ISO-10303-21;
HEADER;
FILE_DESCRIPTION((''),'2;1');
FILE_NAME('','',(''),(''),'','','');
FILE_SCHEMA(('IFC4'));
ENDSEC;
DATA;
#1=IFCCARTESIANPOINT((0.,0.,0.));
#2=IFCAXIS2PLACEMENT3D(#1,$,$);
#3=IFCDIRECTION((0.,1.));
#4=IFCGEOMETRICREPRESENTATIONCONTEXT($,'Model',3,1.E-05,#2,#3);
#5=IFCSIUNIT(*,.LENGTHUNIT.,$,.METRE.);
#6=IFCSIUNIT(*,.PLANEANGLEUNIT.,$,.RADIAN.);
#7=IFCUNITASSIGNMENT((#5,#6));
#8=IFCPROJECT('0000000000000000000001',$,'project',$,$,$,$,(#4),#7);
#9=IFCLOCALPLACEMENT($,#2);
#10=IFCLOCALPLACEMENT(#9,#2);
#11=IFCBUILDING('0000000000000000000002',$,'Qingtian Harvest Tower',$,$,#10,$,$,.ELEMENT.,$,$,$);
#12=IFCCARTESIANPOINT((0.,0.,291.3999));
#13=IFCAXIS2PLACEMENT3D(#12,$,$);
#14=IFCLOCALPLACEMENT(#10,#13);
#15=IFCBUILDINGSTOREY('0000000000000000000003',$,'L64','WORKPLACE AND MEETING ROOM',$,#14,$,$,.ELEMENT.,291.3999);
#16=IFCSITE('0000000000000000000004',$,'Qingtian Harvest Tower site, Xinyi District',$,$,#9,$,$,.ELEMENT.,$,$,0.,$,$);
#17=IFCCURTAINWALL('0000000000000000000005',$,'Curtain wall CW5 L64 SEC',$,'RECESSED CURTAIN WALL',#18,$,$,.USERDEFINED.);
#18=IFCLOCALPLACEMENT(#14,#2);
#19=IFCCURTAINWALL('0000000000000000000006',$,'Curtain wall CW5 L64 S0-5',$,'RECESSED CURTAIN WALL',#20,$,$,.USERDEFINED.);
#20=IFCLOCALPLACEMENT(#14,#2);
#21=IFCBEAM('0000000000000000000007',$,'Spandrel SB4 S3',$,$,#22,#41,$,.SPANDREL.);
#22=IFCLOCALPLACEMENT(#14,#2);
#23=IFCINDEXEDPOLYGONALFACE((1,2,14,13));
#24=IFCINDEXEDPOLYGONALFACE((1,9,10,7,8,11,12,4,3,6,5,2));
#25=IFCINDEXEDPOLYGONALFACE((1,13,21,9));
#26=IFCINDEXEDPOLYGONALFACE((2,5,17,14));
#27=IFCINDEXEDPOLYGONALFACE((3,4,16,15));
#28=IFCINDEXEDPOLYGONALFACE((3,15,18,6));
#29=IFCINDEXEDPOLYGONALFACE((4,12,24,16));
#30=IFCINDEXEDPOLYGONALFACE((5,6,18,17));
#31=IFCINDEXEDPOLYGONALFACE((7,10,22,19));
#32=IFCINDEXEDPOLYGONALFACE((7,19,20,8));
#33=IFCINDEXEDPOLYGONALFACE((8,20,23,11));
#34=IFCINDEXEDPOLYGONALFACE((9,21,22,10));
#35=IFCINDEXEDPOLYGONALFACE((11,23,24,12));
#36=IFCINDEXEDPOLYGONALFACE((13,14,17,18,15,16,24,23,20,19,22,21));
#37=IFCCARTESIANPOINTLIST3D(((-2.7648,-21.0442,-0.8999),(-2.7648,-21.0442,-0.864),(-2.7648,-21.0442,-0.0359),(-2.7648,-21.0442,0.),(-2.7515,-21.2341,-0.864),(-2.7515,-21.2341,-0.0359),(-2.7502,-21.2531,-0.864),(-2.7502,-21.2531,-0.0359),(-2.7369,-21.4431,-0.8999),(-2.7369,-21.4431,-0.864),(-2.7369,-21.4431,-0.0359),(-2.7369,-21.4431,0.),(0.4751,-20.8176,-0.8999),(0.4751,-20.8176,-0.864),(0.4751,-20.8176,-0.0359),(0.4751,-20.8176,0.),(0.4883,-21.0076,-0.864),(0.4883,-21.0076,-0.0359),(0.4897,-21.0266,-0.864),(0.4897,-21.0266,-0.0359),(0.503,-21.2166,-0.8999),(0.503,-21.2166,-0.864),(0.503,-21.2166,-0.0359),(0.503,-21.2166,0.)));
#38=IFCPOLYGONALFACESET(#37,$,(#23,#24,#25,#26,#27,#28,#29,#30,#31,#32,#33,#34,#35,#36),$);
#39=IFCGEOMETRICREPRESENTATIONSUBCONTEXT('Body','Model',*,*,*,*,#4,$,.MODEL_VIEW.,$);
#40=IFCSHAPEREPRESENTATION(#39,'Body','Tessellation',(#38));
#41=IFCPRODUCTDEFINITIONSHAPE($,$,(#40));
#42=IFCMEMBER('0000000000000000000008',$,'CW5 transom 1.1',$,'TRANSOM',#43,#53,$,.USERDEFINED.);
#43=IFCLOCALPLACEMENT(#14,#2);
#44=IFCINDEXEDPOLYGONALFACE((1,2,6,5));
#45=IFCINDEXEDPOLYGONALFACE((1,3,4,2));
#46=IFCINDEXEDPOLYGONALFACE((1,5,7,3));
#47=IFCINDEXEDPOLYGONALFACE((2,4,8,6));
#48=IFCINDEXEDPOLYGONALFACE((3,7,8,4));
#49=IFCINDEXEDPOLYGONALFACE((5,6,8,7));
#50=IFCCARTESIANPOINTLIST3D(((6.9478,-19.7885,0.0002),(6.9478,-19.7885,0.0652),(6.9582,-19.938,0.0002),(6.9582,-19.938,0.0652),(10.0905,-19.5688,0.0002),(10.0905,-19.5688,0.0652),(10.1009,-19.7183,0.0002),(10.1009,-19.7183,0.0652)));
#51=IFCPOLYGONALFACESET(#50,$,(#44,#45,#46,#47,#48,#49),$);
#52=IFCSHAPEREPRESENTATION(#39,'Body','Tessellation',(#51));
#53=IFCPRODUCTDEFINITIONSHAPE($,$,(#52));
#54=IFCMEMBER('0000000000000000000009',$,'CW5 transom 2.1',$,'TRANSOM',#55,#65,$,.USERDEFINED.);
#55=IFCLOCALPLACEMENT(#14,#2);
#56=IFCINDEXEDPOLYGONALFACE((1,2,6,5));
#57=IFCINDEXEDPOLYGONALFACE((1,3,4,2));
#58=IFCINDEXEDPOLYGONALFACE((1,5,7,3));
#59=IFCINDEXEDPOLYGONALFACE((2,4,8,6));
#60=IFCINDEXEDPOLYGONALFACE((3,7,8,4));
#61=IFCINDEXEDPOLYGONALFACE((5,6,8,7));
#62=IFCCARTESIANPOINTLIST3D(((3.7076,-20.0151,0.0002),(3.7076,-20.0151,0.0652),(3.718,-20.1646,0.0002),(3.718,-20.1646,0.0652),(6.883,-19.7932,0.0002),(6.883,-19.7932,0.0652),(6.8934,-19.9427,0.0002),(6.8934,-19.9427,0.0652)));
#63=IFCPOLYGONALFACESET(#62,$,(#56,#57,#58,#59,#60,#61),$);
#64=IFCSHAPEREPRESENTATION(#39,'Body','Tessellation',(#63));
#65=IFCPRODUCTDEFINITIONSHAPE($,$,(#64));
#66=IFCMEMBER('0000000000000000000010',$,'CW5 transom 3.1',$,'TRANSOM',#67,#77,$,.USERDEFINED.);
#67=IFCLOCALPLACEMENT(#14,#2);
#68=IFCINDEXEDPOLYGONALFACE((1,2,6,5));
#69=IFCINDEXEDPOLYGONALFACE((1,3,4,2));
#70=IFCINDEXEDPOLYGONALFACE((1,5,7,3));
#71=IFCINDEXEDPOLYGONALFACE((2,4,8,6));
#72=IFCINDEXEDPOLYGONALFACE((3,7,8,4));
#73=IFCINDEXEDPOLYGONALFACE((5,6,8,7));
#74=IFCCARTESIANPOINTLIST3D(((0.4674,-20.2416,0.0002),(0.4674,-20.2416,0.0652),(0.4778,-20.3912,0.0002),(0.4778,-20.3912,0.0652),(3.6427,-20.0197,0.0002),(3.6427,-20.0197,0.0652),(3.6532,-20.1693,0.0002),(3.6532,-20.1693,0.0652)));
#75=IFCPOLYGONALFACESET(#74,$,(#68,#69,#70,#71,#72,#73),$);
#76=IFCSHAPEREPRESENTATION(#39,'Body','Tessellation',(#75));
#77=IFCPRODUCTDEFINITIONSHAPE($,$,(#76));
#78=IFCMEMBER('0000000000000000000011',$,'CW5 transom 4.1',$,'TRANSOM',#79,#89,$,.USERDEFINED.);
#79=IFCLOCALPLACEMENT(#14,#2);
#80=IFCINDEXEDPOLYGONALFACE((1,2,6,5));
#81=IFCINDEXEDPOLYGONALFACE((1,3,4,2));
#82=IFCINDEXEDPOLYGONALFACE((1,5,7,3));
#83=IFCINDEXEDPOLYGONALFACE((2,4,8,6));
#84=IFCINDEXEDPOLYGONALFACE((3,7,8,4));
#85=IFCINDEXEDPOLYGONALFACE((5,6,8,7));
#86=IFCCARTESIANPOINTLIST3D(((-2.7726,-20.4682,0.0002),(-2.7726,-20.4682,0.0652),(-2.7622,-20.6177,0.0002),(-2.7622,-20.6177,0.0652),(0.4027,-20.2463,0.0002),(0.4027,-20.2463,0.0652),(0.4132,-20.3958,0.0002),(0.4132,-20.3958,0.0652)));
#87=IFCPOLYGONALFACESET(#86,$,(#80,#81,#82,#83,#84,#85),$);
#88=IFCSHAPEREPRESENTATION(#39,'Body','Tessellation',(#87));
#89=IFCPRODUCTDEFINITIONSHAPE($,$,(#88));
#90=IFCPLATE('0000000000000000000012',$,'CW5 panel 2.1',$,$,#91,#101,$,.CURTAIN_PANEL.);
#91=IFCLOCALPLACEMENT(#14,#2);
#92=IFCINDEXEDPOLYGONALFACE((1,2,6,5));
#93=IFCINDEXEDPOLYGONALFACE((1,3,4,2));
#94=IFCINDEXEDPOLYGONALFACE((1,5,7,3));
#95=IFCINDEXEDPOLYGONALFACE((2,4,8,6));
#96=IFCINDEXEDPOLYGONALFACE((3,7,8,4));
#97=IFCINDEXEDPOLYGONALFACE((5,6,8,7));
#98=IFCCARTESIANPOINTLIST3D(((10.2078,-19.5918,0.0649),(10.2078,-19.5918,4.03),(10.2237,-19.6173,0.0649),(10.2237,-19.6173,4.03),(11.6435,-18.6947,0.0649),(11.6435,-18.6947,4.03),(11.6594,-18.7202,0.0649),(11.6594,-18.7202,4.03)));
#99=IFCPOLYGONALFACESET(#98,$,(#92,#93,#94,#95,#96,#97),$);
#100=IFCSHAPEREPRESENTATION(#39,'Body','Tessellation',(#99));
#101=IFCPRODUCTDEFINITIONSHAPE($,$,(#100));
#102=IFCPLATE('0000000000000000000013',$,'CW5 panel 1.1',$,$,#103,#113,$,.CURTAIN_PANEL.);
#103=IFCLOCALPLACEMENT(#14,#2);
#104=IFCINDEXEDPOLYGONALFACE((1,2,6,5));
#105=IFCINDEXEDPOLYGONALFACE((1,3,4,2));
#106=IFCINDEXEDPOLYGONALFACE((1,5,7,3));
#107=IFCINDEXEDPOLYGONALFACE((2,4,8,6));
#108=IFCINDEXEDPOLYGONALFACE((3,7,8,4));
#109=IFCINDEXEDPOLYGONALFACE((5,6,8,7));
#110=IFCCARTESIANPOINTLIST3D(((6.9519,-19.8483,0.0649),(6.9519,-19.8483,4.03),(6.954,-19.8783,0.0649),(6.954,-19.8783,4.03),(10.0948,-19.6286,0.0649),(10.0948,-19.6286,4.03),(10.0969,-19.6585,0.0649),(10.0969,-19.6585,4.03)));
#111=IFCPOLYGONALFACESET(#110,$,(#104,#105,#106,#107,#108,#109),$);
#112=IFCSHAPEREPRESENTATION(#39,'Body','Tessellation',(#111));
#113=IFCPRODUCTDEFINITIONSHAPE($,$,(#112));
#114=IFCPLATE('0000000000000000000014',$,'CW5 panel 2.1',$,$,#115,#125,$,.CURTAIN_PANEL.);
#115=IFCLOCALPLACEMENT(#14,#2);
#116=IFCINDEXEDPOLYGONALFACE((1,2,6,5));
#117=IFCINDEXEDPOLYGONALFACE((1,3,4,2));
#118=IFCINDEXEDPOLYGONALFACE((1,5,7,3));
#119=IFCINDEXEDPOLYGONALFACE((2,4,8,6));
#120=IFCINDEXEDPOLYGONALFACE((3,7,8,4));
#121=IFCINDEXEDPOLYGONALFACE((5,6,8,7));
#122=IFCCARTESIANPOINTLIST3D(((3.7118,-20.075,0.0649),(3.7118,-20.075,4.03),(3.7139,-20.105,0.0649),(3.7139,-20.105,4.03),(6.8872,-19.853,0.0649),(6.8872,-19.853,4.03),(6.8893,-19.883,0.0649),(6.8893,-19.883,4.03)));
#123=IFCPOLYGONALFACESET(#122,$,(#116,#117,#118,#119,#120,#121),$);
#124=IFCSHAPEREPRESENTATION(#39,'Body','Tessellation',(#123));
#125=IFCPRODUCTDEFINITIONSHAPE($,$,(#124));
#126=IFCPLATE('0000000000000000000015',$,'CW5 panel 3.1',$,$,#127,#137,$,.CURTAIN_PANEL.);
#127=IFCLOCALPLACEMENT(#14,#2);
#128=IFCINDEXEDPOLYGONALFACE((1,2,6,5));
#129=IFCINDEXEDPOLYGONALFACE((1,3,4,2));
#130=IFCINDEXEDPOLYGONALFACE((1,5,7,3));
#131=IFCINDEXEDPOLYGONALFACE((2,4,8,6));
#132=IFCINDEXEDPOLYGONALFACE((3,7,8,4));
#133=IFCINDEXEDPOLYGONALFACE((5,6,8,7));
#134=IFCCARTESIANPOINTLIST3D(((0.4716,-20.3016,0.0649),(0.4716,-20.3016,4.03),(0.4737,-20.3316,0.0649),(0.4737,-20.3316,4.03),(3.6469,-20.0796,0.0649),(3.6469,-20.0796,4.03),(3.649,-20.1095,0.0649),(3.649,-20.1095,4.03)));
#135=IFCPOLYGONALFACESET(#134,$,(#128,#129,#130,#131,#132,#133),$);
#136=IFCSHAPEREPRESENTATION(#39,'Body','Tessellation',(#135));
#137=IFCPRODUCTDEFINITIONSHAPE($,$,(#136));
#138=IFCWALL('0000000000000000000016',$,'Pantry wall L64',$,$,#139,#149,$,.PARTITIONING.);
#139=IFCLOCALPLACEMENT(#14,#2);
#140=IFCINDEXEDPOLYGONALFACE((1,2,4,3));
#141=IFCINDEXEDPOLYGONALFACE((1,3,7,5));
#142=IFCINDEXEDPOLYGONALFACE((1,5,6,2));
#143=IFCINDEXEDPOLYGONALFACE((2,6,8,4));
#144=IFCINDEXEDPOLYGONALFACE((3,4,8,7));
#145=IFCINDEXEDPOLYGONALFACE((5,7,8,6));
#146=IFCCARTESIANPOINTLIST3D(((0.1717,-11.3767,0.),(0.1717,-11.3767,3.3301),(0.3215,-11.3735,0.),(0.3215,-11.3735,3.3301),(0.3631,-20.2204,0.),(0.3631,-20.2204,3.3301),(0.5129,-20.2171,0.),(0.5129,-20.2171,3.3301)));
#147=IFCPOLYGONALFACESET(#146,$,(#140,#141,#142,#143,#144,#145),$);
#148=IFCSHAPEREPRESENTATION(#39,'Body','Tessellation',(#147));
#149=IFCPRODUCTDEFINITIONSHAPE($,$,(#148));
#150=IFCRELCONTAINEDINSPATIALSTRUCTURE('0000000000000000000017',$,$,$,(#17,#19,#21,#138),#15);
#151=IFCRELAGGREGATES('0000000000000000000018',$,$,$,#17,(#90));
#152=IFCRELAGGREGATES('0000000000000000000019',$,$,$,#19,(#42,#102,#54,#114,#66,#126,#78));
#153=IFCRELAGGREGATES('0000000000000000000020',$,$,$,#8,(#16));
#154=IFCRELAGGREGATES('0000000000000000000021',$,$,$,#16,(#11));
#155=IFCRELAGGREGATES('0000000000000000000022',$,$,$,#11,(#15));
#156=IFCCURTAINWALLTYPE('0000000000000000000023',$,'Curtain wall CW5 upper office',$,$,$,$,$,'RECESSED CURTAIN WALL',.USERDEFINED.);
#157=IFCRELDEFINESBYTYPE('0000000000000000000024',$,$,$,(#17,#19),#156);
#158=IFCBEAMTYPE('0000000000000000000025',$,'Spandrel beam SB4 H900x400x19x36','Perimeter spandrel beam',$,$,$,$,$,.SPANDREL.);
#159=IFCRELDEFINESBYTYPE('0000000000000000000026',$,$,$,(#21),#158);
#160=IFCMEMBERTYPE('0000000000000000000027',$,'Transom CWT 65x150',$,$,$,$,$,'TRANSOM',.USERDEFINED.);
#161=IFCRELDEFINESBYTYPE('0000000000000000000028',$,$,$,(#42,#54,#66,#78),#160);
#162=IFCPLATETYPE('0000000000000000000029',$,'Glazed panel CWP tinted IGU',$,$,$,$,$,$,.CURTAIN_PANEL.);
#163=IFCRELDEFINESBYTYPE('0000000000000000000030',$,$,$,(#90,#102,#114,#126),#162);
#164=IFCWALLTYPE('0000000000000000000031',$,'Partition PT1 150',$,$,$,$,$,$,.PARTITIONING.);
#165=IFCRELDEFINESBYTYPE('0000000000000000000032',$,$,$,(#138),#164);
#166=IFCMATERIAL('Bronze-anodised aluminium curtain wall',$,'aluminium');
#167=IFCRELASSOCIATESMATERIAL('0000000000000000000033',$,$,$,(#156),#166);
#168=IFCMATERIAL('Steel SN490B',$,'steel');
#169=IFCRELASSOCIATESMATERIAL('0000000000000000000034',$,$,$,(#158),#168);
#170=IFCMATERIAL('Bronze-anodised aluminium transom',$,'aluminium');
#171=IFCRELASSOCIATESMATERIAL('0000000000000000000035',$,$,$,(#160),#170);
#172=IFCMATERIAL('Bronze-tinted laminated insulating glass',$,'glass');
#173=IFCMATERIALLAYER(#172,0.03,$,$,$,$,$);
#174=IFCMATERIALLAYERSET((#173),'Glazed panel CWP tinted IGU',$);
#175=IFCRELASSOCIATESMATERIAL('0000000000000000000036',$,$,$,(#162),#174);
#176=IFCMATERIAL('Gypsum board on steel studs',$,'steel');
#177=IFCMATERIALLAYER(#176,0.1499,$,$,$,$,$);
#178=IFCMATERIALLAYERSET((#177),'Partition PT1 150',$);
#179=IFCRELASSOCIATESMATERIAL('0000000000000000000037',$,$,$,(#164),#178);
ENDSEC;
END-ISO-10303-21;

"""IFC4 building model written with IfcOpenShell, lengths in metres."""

from ifc_helpers import new_model, si_unit, direction, frame, frame_2d, origin, origin_2d, place, context, subcontext, project, spatial, rectangle, i_section, extrude, material, layer, layer_set, material_profile, profile_set, type_object, element, aggregate, save


model = new_model("IFC4")

# Units and contexts
model_context = context("Model", 3, precision=1e-05, world=origin(), true_north=direction((0.0, 1.0)))
body_context = subcontext(model_context, "Body", "Model", "MODEL_VIEW")
ifc_project = project(units=[si_unit("LENGTHUNIT", "METRE"), si_unit("PLANEANGLEUNIT", "RADIAN")], contexts=[model_context])

# Site, building, storey
site_placement = place(None, origin())
site = spatial("IfcSite", under=ifc_project, at=site_placement, Name="Qingtian Harvest Tower site, Xinyi District", CompositionType="ELEMENT", RefElevation=0.0)
building_placement = place(site_placement, origin())
building = spatial("IfcBuilding", under=site, at=building_placement, Name="Qingtian Harvest Tower", CompositionType="ELEMENT")
storey_placement = place(building_placement, frame((0.0, 0.0, 291.3999)))
storey = spatial("IfcBuildingStorey", under=building, at=storey_placement, Name="L64", Description="WORKPLACE AND MEETING ROOM", CompositionType="ELEMENT", Elevation=291.3999)

# Curtain wall
ifc_material_1 = material(Name="Bronze-anodised aluminium curtain wall", Category="aluminium")
curtain_wall_type = type_object("IfcCurtainWallType", Name="Curtain wall CW5 upper office", ElementType="RECESSED CURTAIN WALL", PredefinedType="USERDEFINED", material=ifc_material_1)
curtain_wall_1_placement = place(storey_placement, origin())
curtain_wall_1 = element("IfcCurtainWall", 1, at=curtain_wall_1_placement, inside=storey, type_object=curtain_wall_type, Name="Curtain wall CW5 L64 SEC", ObjectType="RECESSED CURTAIN WALL", PredefinedType="USERDEFINED")

# Curtain wall
curtain_wall_2_placement = place(storey_placement, origin())
curtain_wall_2 = element("IfcCurtainWall", 2, at=curtain_wall_2_placement, inside=storey, type_object=curtain_wall_type, Name="Curtain wall CW5 L64 S0-5", ObjectType="RECESSED CURTAIN WALL", PredefinedType="USERDEFINED")

# Beam
ifc_material_2 = material(Name="Steel SN490B", Category="steel")
ifc_material_profile_1 = material_profile(ifc_material_2, i_section(OverallWidth=0.3999, OverallDepth=0.8999, WebThickness=0.019, FlangeThickness=0.0359, at=origin_2d()), Name="H900x400x19x36")
ifc_profile_set_1 = profile_set([ifc_material_profile_1], Name="Steel SN490B")
beam_type_1 = type_object("IfcBeamType", Name="Spandrel beam SB4 H900x400x19x36", Description="Perimeter spandrel beam", PredefinedType="SPANDREL", material=ifc_profile_set_1)
beam_1_placement = place(storey_placement, frame((0.489, -21.0171, -0.45), z_axis=(-0.997564, -0.069757, 0.0), x_axis=(0.069757, -0.997564, 0.0)))
element("IfcBeam", 3, at=beam_1_placement, inside=storey, type_object=beam_type_1, Name="Spandrel SB4 S3", PredefinedType="SPANDREL", context=body_context, shape_type="SweptSolid", body=[
    extrude(i_section(OverallWidth=0.3999, OverallDepth=0.8999, WebThickness=0.019, FlangeThickness=0.0359, at=origin_2d()), origin(), (0.0, 0.0, 1.0), 3.2478),
])

# Members
ifc_material_3 = material(Name="Bronze-anodised aluminium transom", Category="aluminium")
ifc_material_profile_2 = material_profile(ifc_material_3, rectangle(XDim=0.1499, YDim=0.0649, at=origin_2d()), Name="AL 65x150")
ifc_profile_set_2 = profile_set([ifc_material_profile_2], Name="Bronze-anodised aluminium transom")
member_type_1 = type_object("IfcMemberType", Name="Transom CWT 65x150", ElementType="TRANSOM", PredefinedType="USERDEFINED", material=ifc_profile_set_2)
member_1_placement = place(storey_placement, frame((10.0957, -19.6436, 0.0327), z_axis=(-0.997565, -0.069744, 0.0), x_axis=(0.069744, -0.997565, 0.0)))
member_1 = element("IfcMember", 4, at=member_1_placement, type_object=member_type_1, Name="CW5 transom 1.1", ObjectType="TRANSOM", PredefinedType="USERDEFINED", context=body_context, shape_type="SweptSolid", body=[
    extrude(rectangle(XDim=0.1499, YDim=0.0649, at=origin_2d()), origin(), (0.0, 0.0, 1.0), 3.1504),
])
member_2_placement = place(storey_placement, frame((6.8882, -19.8679, 0.0327), z_axis=(-0.997567, -0.069721, 0.0), x_axis=(0.069721, -0.997567, 0.0)))
member_2 = element("IfcMember", 5, at=member_2_placement, type_object=member_type_1, Name="CW5 transom 2.1", ObjectType="TRANSOM", PredefinedType="USERDEFINED", context=body_context, shape_type="SweptSolid", body=[
    extrude(rectangle(XDim=0.1499, YDim=0.0649, at=origin_2d()), origin(), (0.0, 0.0, 1.0), 3.1831),
])
member_3_placement = place(storey_placement, frame((3.6479, -20.0945, 0.0327), z_axis=(-0.997567, -0.069721, 0.0), x_axis=(0.069721, -0.997567, 0.0)))
member_3 = element("IfcMember", 6, at=member_3_placement, type_object=member_type_1, Name="CW5 transom 3.1", ObjectType="TRANSOM", PredefinedType="USERDEFINED", context=body_context, shape_type="SweptSolid", body=[
    extrude(rectangle(XDim=0.1499, YDim=0.0649, at=origin_2d()), origin(), (0.0, 0.0, 1.0), 3.1831),
])
member_4_placement = place(storey_placement, frame((0.408, -20.321, 0.0327), z_axis=(-0.997567, -0.069721, 0.0), x_axis=(0.069721, -0.997567, 0.0)))
member_4 = element("IfcMember", 7, at=member_4_placement, type_object=member_type_1, Name="CW5 transom 4.1", ObjectType="TRANSOM", PredefinedType="USERDEFINED", context=body_context, shape_type="SweptSolid", body=[
    extrude(rectangle(XDim=0.1499, YDim=0.0649, at=origin_2d()), origin(), (0.0, 0.0, 1.0), 3.1831),
])

# Plates
ifc_material_4 = material(Name="Bronze-tinted laminated insulating glass", Category="glass")
ifc_layer_1 = layer(ifc_material_4, 0.03)
ifc_layer_set_1 = layer_set([ifc_layer_1], Name="Glazed panel CWP tinted IGU")
plate_type = type_object("IfcPlateType", Name="Glazed panel CWP tinted IGU", PredefinedType="CURTAIN_PANEL", material=ifc_layer_set_1)
plate_1_placement = place(storey_placement, frame((10.9336, -19.156, 0.0649), z_axis=(0.0, 0.0, 1.0), x_axis=(-0.848048, -0.529919, 0.0)))
plate_1 = element("IfcPlate", 8, at=plate_1_placement, type_object=plate_type, Name="CW5 panel 2.1", PredefinedType="CURTAIN_PANEL", context=body_context, shape_type="SweptSolid", body=[
    extrude(rectangle(XDim=1.6929, YDim=0.03, at=origin_2d()), origin(), (0.0, 0.0, 1.0), 3.9651),
])
aggregate(curtain_wall_1, [plate_1])
plate_2_placement = place(storey_placement, frame((8.5244, -19.7534, 0.0649), z_axis=(0.0, 0.0, 1.0), x_axis=(-0.997564, -0.069756, 0.0)))
plate_2 = element("IfcPlate", 9, at=plate_2_placement, type_object=plate_type, Name="CW5 panel 1.1", PredefinedType="CURTAIN_PANEL", context=body_context, shape_type="SweptSolid", body=[
    extrude(rectangle(XDim=3.1506, YDim=0.03, at=origin_2d()), origin(), (0.0, 0.0, 1.0), 3.9651),
])
plate_3_placement = place(storey_placement, frame((5.3005, -19.979, 0.0649), z_axis=(0.0, 0.0, 1.0), x_axis=(-0.997564, -0.069756, 0.0)))
plate_3 = element("IfcPlate", 10, at=plate_3_placement, type_object=plate_type, Name="CW5 panel 2.1", PredefinedType="CURTAIN_PANEL", context=body_context, shape_type="SweptSolid", body=[
    extrude(rectangle(XDim=3.1831, YDim=0.03, at=origin_2d()), origin(), (0.0, 0.0, 1.0), 3.9651),
])
plate_4_placement = place(storey_placement, frame((2.0603, -20.2056, 0.0649), z_axis=(0.0, 0.0, 1.0), x_axis=(-0.997564, -0.069756, 0.0)))
plate_4 = element("IfcPlate", 11, at=plate_4_placement, type_object=plate_type, Name="CW5 panel 3.1", PredefinedType="CURTAIN_PANEL", context=body_context, shape_type="SweptSolid", body=[
    extrude(rectangle(XDim=3.1831, YDim=0.03, at=origin_2d()), origin(), (0.0, 0.0, 1.0), 3.9651),
])
aggregate(curtain_wall_2, [member_1, plate_2, member_2, plate_3, member_3, plate_4, member_4])

# Wall
ifc_material_5 = material(Name="Gypsum board on steel studs", Category="steel")
ifc_layer_2 = layer(ifc_material_5, 0.1499)
ifc_layer_set_2 = layer_set([ifc_layer_2], Name="Partition PT1 150")
wall_type = type_object("IfcWallType", Name="Partition PT1 150", PredefinedType="PARTITIONING", material=ifc_layer_set_2)
wall_placement = place(storey_placement, frame((0.438, -20.2188, 0.0), z_axis=(0.0, 0.0, 1.0), x_axis=(-0.021638, 0.999766, 0.0)))
element("IfcWall", 12, at=wall_placement, inside=storey, type_object=wall_type, Name="Pantry wall L64", PredefinedType="PARTITIONING", context=body_context, shape_type="SweptSolid", body=[
    extrude(rectangle(XDim=8.8457, YDim=0.1499, at=frame_2d((4.4229, 0.0))), origin(), (0.0, 0.0, 1.0), 3.3301),
])

save(model, "model.ifc")
